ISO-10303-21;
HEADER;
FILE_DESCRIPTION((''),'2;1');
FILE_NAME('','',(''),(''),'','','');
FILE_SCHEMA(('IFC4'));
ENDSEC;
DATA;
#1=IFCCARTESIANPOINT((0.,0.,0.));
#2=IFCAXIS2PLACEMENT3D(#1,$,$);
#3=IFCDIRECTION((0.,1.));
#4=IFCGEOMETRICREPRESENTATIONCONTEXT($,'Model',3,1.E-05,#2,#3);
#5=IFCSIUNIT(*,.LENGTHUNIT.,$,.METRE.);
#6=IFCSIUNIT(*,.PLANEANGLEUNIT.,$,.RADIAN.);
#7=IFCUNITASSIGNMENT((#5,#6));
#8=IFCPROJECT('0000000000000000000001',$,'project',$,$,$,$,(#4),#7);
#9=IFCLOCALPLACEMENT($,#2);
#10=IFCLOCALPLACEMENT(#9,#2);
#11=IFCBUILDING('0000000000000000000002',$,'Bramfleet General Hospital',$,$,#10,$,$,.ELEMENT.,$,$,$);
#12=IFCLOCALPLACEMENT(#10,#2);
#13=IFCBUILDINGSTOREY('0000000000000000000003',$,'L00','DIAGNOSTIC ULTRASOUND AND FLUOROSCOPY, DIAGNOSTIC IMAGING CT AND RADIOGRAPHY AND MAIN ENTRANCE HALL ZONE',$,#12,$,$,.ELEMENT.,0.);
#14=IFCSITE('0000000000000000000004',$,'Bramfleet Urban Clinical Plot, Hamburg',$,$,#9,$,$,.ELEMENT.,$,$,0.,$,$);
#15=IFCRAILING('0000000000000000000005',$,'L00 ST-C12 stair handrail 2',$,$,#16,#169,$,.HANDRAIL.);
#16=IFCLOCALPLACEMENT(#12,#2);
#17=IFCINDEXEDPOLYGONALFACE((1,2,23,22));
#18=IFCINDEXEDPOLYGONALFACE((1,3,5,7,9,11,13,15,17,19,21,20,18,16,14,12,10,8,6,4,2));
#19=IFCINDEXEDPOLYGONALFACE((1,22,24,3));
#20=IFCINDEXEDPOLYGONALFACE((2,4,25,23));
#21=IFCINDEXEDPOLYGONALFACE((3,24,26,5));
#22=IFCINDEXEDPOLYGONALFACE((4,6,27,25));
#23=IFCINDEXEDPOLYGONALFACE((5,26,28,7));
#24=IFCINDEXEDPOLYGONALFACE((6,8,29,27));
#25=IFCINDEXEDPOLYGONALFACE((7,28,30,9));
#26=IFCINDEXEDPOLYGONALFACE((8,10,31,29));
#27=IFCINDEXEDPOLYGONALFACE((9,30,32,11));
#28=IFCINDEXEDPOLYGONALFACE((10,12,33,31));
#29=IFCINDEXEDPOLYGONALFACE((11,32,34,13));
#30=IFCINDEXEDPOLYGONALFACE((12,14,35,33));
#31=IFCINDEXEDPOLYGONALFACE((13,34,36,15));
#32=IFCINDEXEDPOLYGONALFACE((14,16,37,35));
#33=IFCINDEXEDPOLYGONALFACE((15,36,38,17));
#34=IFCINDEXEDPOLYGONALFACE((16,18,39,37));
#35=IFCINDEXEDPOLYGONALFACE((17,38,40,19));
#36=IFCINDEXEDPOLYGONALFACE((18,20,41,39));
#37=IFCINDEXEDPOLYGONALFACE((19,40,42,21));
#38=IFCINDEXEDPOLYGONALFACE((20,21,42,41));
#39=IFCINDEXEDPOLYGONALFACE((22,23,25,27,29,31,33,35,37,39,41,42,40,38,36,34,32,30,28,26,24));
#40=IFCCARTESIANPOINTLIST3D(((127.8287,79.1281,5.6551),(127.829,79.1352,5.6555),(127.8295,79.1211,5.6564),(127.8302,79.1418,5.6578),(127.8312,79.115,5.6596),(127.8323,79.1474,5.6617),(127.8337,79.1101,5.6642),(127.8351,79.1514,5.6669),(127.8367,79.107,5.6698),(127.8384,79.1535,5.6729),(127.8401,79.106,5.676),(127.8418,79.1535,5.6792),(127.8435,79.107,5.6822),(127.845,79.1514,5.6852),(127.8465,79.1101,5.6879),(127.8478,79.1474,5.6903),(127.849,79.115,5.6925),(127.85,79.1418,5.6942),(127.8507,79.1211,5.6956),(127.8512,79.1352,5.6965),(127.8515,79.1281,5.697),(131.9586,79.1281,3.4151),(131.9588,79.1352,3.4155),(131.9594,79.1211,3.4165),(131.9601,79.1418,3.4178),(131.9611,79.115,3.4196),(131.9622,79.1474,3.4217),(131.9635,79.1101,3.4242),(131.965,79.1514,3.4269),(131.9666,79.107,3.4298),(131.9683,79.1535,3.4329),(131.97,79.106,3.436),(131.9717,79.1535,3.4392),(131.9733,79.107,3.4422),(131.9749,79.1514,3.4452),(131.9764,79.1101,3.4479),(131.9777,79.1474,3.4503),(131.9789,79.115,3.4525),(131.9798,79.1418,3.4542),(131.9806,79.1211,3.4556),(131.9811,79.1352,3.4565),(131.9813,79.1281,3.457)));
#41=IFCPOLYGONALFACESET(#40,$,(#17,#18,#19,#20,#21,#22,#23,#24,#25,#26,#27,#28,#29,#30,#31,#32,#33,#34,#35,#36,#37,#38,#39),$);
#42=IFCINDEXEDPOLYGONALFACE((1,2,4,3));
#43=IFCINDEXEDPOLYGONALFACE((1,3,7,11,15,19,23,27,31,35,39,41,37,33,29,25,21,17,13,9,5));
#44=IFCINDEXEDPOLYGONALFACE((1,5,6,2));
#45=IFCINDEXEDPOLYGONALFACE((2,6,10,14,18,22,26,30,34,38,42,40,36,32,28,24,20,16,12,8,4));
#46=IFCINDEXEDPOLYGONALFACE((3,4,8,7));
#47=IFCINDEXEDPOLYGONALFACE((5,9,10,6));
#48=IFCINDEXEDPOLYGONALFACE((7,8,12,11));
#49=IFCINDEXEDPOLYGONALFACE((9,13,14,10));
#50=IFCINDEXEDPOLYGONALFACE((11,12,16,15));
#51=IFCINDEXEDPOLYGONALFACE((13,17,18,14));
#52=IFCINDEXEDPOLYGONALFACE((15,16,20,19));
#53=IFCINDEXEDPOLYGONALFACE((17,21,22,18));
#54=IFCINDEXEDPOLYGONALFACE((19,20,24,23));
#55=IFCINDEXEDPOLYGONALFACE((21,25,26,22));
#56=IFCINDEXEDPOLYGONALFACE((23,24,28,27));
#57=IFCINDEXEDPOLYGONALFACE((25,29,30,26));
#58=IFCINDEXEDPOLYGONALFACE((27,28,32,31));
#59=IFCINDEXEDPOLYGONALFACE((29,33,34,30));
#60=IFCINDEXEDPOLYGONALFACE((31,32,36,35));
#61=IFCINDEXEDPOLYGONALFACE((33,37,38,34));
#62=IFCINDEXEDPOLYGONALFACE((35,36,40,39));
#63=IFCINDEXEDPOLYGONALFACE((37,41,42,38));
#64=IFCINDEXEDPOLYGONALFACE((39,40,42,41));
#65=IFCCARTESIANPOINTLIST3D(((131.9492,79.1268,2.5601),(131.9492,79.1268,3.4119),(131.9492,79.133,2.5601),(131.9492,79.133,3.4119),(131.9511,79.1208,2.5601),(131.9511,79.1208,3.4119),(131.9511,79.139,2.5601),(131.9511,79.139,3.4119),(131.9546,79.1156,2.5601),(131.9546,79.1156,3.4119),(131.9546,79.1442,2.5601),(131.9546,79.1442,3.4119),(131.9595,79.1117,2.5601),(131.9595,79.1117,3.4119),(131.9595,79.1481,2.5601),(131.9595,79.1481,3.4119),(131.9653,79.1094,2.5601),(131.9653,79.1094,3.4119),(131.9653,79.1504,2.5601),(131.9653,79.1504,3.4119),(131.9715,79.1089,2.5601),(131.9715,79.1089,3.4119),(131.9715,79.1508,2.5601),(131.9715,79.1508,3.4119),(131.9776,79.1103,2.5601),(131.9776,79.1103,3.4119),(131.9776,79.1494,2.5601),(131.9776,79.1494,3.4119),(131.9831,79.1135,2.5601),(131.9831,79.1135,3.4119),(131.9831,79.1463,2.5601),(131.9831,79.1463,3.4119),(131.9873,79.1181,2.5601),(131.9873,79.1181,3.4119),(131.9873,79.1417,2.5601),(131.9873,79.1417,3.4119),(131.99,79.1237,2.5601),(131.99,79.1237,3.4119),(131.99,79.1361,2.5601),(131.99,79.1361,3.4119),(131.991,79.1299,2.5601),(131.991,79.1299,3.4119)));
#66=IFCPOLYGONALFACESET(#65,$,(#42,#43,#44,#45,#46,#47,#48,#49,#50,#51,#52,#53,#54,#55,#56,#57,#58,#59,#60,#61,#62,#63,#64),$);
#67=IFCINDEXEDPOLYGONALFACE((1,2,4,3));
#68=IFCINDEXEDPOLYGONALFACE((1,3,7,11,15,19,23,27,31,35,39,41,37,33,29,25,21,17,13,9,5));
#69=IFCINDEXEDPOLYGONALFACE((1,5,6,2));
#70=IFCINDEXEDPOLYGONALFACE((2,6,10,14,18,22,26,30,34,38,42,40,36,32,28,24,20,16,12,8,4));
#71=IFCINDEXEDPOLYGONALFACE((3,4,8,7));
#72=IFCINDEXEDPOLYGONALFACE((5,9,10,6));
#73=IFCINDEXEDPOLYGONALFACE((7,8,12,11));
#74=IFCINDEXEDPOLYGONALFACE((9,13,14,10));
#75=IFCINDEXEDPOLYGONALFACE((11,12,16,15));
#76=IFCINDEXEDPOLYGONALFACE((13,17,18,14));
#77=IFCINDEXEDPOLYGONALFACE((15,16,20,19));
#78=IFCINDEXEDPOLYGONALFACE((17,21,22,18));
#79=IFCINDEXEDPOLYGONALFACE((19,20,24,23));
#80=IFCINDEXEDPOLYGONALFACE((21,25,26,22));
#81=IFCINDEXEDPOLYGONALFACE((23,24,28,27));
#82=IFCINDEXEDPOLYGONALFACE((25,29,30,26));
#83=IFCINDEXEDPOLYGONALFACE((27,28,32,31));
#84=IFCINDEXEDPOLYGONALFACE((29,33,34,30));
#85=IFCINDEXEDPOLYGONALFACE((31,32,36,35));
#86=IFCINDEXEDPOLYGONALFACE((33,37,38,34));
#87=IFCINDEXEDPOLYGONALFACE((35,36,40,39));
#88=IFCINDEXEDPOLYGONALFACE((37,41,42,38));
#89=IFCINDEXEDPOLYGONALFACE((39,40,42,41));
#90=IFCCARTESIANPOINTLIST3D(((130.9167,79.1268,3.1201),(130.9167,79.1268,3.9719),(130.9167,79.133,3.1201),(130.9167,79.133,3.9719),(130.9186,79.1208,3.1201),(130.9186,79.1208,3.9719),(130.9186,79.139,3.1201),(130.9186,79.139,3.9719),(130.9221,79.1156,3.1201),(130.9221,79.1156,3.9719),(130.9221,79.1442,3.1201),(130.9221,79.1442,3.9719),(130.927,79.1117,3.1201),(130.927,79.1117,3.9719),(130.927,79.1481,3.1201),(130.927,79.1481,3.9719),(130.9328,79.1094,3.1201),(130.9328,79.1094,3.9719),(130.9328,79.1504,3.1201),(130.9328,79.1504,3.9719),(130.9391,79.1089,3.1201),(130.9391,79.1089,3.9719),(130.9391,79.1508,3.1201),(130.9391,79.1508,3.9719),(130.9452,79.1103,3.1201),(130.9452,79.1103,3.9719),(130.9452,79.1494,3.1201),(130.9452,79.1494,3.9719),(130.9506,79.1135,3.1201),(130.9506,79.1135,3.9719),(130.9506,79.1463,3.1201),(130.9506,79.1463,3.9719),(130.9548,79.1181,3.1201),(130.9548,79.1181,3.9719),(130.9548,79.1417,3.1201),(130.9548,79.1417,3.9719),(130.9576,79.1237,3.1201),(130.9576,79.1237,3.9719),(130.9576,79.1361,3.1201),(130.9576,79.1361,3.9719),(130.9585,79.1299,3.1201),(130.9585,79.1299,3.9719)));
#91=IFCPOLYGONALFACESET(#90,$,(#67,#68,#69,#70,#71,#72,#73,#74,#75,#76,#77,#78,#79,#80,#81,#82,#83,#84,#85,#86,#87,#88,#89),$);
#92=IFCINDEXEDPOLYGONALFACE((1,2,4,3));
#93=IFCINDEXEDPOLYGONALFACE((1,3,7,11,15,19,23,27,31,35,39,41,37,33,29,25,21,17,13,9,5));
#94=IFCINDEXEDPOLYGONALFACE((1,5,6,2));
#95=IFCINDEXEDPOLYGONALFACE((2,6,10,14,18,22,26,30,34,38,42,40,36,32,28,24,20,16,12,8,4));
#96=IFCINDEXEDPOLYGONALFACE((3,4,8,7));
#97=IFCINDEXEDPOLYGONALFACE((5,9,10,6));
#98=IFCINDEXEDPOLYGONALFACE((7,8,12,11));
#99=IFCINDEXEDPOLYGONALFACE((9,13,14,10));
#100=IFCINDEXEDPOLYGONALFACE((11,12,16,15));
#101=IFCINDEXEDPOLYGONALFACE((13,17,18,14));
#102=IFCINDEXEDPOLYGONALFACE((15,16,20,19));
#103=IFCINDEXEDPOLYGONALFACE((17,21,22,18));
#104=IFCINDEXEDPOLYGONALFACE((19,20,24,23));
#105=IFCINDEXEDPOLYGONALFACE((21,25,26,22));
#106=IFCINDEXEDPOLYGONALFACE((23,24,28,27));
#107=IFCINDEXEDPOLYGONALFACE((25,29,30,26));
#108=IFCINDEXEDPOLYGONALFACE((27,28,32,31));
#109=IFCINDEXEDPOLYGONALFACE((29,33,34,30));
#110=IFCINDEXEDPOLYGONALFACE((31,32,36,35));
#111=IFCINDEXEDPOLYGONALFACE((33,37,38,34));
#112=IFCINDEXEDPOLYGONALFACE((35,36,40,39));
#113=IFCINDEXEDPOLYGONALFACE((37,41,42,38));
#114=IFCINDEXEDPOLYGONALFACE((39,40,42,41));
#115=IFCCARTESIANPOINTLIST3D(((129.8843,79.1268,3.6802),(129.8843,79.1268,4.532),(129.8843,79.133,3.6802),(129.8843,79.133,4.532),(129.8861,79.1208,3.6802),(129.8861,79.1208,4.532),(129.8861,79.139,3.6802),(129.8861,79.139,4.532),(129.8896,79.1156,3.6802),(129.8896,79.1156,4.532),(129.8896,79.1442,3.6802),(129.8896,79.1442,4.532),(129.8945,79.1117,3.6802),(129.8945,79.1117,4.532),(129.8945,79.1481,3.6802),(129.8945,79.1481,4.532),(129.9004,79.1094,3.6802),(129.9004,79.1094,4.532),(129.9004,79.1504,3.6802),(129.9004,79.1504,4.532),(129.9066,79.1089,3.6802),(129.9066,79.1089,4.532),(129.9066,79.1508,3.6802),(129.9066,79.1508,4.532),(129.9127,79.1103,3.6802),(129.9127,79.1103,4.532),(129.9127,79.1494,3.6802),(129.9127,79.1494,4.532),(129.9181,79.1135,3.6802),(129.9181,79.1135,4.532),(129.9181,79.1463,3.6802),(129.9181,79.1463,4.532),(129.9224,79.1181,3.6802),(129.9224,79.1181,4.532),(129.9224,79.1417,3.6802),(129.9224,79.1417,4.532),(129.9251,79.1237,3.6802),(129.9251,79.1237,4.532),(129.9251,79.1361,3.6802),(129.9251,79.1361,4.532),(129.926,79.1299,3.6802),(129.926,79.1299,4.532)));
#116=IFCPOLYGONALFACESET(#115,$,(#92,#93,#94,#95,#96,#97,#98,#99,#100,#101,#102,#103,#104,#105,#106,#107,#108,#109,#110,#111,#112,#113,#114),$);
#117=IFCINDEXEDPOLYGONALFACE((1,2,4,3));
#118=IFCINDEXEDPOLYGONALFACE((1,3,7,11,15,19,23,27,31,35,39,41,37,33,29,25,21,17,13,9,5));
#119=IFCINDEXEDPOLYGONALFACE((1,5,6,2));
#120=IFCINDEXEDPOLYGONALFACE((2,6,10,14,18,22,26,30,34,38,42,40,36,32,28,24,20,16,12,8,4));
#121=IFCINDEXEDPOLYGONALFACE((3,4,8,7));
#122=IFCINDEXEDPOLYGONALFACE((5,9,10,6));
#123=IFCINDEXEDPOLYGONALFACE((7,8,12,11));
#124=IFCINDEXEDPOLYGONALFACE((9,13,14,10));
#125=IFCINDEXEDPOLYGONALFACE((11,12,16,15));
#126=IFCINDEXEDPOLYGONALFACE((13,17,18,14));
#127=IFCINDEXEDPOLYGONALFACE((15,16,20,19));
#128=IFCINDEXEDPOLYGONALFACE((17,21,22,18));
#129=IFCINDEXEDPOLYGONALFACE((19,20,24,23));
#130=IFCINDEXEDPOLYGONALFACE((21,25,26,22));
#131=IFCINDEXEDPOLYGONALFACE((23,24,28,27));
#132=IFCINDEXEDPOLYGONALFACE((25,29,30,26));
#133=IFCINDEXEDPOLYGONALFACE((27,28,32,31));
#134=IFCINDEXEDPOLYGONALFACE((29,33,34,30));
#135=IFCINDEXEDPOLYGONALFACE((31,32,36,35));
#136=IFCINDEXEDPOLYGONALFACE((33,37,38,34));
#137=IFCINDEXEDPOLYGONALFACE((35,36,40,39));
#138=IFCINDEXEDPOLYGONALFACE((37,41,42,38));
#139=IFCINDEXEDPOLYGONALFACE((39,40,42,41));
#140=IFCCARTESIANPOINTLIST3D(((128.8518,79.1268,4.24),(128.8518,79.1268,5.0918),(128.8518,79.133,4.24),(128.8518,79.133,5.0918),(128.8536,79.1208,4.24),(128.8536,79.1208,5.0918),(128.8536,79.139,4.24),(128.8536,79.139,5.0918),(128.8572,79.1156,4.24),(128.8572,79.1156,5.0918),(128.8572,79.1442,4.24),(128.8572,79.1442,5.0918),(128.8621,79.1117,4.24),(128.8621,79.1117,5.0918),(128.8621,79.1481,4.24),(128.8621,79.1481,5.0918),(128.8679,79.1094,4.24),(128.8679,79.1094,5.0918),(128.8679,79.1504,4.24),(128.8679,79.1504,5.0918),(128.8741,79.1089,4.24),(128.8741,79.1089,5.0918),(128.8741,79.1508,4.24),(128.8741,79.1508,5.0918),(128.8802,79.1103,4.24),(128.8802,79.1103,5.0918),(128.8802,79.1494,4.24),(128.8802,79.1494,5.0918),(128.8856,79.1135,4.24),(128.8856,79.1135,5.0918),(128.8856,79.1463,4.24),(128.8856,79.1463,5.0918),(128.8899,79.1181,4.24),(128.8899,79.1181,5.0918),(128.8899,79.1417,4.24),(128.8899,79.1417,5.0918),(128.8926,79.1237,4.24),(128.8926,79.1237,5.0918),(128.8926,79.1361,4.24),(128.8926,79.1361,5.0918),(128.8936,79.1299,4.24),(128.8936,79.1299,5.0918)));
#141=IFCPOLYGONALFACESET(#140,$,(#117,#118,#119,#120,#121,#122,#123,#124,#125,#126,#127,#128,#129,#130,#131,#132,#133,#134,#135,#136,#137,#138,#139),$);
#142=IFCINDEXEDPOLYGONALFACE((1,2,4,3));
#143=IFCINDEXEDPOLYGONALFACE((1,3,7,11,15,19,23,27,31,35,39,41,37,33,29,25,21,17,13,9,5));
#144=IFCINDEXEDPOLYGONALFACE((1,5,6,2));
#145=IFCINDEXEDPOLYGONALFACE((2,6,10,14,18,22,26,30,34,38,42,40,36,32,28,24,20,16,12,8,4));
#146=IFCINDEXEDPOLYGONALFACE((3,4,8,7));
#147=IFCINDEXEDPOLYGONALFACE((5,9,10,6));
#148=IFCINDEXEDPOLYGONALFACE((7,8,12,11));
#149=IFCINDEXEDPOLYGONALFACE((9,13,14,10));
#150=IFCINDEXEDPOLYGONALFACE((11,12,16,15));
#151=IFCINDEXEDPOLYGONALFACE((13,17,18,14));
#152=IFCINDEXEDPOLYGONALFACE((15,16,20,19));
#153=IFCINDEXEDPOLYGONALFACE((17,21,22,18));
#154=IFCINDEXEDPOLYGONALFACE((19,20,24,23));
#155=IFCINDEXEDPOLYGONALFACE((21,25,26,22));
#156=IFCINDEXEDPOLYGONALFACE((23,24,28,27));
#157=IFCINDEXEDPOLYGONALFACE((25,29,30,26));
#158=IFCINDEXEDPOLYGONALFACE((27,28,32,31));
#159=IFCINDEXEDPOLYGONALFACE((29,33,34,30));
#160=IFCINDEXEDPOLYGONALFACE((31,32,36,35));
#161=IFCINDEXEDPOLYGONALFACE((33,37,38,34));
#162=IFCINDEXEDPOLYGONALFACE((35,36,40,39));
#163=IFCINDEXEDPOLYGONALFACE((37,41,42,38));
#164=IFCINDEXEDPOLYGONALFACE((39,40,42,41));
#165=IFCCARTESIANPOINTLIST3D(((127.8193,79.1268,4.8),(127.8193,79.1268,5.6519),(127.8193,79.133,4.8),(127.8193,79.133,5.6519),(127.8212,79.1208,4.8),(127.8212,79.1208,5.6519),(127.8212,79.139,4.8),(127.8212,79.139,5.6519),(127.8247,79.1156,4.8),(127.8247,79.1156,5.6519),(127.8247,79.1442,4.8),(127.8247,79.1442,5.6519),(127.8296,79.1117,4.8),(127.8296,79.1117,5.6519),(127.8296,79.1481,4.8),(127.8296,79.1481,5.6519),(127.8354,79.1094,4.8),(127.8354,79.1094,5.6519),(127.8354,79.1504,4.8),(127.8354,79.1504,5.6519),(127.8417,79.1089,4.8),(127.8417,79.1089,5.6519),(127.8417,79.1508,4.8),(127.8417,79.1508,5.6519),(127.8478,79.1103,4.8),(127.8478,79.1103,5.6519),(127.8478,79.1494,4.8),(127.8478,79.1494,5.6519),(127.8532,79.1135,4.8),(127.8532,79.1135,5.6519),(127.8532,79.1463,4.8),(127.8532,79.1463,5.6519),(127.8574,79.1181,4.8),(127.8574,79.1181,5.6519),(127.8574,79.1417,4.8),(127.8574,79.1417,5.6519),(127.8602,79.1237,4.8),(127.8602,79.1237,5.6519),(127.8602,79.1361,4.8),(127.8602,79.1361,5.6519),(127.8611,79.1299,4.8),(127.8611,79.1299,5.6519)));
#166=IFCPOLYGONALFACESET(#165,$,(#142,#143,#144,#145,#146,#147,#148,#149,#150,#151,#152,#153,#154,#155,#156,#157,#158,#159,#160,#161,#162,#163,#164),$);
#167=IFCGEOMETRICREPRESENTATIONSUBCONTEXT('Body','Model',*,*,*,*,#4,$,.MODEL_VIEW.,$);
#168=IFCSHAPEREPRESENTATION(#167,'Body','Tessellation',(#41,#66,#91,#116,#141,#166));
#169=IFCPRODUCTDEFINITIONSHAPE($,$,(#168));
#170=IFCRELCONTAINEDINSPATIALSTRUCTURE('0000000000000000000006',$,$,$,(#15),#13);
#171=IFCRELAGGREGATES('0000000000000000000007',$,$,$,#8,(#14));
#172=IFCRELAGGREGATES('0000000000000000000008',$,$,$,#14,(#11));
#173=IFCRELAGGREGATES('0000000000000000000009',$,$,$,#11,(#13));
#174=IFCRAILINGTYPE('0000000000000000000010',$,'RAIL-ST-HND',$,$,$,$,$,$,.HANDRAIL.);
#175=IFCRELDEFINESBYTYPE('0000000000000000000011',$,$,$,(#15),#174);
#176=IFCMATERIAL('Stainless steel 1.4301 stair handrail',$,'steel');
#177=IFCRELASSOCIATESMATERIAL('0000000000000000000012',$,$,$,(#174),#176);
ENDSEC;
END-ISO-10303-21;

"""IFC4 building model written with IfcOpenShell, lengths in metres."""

from ifc_helpers import new_model, si_unit, direction, frame, origin, origin_2d, place, context, subcontext, project, spatial, circle, extrude, material, type_object, element, save


model = new_model("IFC4")

# Units and contexts
model_context = context("Model", 3, precision=1e-05, world=origin(), true_north=direction((0.0, 1.0)))
body_context = subcontext(model_context, "Body", "Model", "MODEL_VIEW")
ifc_project = project(units=[si_unit("LENGTHUNIT", "METRE"), si_unit("PLANEANGLEUNIT", "RADIAN")], contexts=[model_context])

# Site, building, storey
site_placement = place(None, origin())
site = spatial("IfcSite", under=ifc_project, at=site_placement, Name="Bramfleet Urban Clinical Plot, Hamburg", CompositionType="ELEMENT", RefElevation=0.0)
building_placement = place(site_placement, origin())
building = spatial("IfcBuilding", under=site, at=building_placement, Name="Bramfleet General Hospital", CompositionType="ELEMENT")
storey_placement = place(building_placement, origin())
storey = spatial("IfcBuildingStorey", under=building, at=storey_placement, Name="L00", Description="DIAGNOSTIC ULTRASOUND AND FLUOROSCOPY, DIAGNOSTIC IMAGING CT AND RADIOGRAPHY AND MAIN ENTRANCE HALL ZONE", CompositionType="ELEMENT", Elevation=0.0)

# Railing
ifc_material_1 = material(Name="Stainless steel 1.4301 stair handrail", Category="steel")
railing_type_1 = type_object("IfcRailingType", Name="RAIL-ST-HND", PredefinedType="HANDRAIL", material=ifc_material_1)
railing_1_placement = place(storey_placement, frame((131.97, 79.1299, 2.5601)))
element("IfcRailing", 1, at=railing_1_placement, inside=storey, type_object=railing_type_1, Name="L00 ST-C12 stair handrail 2", PredefinedType="HANDRAIL", context=body_context, shape_type="SweptSolid", body=[
    extrude(circle(Radius=0.0239, at=origin_2d()), frame((0.0, 0.0, 0.876), z_axis=(-0.879027, 0.0, 0.476772), x_axis=(0.0, -1.0, 0.0)), (0.0, 0.0, 1.0), 4.6982),
    extrude(circle(Radius=0.021, at=origin_2d()), origin(), (0.0, 0.0, 1.0), 0.8518),
    extrude(circle(Radius=0.021, at=origin_2d()), frame((-1.0325, 0.0, 0.5601)), (0.0, 0.0, 1.0), 0.8518),
    extrude(circle(Radius=0.021, at=origin_2d()), frame((-2.0649, 0.0, 1.1201)), (0.0, 0.0, 1.0), 0.8518),
    extrude(circle(Radius=0.021, at=origin_2d()), frame((-3.0974, 0.0, 1.6799)), (0.0, 0.0, 1.0), 0.8518),
    extrude(circle(Radius=0.021, at=origin_2d()), frame((-4.1299, 0.0, 2.24)), (0.0, 0.0, 1.0), 0.8518),
])

save(model, "model.ifc")
